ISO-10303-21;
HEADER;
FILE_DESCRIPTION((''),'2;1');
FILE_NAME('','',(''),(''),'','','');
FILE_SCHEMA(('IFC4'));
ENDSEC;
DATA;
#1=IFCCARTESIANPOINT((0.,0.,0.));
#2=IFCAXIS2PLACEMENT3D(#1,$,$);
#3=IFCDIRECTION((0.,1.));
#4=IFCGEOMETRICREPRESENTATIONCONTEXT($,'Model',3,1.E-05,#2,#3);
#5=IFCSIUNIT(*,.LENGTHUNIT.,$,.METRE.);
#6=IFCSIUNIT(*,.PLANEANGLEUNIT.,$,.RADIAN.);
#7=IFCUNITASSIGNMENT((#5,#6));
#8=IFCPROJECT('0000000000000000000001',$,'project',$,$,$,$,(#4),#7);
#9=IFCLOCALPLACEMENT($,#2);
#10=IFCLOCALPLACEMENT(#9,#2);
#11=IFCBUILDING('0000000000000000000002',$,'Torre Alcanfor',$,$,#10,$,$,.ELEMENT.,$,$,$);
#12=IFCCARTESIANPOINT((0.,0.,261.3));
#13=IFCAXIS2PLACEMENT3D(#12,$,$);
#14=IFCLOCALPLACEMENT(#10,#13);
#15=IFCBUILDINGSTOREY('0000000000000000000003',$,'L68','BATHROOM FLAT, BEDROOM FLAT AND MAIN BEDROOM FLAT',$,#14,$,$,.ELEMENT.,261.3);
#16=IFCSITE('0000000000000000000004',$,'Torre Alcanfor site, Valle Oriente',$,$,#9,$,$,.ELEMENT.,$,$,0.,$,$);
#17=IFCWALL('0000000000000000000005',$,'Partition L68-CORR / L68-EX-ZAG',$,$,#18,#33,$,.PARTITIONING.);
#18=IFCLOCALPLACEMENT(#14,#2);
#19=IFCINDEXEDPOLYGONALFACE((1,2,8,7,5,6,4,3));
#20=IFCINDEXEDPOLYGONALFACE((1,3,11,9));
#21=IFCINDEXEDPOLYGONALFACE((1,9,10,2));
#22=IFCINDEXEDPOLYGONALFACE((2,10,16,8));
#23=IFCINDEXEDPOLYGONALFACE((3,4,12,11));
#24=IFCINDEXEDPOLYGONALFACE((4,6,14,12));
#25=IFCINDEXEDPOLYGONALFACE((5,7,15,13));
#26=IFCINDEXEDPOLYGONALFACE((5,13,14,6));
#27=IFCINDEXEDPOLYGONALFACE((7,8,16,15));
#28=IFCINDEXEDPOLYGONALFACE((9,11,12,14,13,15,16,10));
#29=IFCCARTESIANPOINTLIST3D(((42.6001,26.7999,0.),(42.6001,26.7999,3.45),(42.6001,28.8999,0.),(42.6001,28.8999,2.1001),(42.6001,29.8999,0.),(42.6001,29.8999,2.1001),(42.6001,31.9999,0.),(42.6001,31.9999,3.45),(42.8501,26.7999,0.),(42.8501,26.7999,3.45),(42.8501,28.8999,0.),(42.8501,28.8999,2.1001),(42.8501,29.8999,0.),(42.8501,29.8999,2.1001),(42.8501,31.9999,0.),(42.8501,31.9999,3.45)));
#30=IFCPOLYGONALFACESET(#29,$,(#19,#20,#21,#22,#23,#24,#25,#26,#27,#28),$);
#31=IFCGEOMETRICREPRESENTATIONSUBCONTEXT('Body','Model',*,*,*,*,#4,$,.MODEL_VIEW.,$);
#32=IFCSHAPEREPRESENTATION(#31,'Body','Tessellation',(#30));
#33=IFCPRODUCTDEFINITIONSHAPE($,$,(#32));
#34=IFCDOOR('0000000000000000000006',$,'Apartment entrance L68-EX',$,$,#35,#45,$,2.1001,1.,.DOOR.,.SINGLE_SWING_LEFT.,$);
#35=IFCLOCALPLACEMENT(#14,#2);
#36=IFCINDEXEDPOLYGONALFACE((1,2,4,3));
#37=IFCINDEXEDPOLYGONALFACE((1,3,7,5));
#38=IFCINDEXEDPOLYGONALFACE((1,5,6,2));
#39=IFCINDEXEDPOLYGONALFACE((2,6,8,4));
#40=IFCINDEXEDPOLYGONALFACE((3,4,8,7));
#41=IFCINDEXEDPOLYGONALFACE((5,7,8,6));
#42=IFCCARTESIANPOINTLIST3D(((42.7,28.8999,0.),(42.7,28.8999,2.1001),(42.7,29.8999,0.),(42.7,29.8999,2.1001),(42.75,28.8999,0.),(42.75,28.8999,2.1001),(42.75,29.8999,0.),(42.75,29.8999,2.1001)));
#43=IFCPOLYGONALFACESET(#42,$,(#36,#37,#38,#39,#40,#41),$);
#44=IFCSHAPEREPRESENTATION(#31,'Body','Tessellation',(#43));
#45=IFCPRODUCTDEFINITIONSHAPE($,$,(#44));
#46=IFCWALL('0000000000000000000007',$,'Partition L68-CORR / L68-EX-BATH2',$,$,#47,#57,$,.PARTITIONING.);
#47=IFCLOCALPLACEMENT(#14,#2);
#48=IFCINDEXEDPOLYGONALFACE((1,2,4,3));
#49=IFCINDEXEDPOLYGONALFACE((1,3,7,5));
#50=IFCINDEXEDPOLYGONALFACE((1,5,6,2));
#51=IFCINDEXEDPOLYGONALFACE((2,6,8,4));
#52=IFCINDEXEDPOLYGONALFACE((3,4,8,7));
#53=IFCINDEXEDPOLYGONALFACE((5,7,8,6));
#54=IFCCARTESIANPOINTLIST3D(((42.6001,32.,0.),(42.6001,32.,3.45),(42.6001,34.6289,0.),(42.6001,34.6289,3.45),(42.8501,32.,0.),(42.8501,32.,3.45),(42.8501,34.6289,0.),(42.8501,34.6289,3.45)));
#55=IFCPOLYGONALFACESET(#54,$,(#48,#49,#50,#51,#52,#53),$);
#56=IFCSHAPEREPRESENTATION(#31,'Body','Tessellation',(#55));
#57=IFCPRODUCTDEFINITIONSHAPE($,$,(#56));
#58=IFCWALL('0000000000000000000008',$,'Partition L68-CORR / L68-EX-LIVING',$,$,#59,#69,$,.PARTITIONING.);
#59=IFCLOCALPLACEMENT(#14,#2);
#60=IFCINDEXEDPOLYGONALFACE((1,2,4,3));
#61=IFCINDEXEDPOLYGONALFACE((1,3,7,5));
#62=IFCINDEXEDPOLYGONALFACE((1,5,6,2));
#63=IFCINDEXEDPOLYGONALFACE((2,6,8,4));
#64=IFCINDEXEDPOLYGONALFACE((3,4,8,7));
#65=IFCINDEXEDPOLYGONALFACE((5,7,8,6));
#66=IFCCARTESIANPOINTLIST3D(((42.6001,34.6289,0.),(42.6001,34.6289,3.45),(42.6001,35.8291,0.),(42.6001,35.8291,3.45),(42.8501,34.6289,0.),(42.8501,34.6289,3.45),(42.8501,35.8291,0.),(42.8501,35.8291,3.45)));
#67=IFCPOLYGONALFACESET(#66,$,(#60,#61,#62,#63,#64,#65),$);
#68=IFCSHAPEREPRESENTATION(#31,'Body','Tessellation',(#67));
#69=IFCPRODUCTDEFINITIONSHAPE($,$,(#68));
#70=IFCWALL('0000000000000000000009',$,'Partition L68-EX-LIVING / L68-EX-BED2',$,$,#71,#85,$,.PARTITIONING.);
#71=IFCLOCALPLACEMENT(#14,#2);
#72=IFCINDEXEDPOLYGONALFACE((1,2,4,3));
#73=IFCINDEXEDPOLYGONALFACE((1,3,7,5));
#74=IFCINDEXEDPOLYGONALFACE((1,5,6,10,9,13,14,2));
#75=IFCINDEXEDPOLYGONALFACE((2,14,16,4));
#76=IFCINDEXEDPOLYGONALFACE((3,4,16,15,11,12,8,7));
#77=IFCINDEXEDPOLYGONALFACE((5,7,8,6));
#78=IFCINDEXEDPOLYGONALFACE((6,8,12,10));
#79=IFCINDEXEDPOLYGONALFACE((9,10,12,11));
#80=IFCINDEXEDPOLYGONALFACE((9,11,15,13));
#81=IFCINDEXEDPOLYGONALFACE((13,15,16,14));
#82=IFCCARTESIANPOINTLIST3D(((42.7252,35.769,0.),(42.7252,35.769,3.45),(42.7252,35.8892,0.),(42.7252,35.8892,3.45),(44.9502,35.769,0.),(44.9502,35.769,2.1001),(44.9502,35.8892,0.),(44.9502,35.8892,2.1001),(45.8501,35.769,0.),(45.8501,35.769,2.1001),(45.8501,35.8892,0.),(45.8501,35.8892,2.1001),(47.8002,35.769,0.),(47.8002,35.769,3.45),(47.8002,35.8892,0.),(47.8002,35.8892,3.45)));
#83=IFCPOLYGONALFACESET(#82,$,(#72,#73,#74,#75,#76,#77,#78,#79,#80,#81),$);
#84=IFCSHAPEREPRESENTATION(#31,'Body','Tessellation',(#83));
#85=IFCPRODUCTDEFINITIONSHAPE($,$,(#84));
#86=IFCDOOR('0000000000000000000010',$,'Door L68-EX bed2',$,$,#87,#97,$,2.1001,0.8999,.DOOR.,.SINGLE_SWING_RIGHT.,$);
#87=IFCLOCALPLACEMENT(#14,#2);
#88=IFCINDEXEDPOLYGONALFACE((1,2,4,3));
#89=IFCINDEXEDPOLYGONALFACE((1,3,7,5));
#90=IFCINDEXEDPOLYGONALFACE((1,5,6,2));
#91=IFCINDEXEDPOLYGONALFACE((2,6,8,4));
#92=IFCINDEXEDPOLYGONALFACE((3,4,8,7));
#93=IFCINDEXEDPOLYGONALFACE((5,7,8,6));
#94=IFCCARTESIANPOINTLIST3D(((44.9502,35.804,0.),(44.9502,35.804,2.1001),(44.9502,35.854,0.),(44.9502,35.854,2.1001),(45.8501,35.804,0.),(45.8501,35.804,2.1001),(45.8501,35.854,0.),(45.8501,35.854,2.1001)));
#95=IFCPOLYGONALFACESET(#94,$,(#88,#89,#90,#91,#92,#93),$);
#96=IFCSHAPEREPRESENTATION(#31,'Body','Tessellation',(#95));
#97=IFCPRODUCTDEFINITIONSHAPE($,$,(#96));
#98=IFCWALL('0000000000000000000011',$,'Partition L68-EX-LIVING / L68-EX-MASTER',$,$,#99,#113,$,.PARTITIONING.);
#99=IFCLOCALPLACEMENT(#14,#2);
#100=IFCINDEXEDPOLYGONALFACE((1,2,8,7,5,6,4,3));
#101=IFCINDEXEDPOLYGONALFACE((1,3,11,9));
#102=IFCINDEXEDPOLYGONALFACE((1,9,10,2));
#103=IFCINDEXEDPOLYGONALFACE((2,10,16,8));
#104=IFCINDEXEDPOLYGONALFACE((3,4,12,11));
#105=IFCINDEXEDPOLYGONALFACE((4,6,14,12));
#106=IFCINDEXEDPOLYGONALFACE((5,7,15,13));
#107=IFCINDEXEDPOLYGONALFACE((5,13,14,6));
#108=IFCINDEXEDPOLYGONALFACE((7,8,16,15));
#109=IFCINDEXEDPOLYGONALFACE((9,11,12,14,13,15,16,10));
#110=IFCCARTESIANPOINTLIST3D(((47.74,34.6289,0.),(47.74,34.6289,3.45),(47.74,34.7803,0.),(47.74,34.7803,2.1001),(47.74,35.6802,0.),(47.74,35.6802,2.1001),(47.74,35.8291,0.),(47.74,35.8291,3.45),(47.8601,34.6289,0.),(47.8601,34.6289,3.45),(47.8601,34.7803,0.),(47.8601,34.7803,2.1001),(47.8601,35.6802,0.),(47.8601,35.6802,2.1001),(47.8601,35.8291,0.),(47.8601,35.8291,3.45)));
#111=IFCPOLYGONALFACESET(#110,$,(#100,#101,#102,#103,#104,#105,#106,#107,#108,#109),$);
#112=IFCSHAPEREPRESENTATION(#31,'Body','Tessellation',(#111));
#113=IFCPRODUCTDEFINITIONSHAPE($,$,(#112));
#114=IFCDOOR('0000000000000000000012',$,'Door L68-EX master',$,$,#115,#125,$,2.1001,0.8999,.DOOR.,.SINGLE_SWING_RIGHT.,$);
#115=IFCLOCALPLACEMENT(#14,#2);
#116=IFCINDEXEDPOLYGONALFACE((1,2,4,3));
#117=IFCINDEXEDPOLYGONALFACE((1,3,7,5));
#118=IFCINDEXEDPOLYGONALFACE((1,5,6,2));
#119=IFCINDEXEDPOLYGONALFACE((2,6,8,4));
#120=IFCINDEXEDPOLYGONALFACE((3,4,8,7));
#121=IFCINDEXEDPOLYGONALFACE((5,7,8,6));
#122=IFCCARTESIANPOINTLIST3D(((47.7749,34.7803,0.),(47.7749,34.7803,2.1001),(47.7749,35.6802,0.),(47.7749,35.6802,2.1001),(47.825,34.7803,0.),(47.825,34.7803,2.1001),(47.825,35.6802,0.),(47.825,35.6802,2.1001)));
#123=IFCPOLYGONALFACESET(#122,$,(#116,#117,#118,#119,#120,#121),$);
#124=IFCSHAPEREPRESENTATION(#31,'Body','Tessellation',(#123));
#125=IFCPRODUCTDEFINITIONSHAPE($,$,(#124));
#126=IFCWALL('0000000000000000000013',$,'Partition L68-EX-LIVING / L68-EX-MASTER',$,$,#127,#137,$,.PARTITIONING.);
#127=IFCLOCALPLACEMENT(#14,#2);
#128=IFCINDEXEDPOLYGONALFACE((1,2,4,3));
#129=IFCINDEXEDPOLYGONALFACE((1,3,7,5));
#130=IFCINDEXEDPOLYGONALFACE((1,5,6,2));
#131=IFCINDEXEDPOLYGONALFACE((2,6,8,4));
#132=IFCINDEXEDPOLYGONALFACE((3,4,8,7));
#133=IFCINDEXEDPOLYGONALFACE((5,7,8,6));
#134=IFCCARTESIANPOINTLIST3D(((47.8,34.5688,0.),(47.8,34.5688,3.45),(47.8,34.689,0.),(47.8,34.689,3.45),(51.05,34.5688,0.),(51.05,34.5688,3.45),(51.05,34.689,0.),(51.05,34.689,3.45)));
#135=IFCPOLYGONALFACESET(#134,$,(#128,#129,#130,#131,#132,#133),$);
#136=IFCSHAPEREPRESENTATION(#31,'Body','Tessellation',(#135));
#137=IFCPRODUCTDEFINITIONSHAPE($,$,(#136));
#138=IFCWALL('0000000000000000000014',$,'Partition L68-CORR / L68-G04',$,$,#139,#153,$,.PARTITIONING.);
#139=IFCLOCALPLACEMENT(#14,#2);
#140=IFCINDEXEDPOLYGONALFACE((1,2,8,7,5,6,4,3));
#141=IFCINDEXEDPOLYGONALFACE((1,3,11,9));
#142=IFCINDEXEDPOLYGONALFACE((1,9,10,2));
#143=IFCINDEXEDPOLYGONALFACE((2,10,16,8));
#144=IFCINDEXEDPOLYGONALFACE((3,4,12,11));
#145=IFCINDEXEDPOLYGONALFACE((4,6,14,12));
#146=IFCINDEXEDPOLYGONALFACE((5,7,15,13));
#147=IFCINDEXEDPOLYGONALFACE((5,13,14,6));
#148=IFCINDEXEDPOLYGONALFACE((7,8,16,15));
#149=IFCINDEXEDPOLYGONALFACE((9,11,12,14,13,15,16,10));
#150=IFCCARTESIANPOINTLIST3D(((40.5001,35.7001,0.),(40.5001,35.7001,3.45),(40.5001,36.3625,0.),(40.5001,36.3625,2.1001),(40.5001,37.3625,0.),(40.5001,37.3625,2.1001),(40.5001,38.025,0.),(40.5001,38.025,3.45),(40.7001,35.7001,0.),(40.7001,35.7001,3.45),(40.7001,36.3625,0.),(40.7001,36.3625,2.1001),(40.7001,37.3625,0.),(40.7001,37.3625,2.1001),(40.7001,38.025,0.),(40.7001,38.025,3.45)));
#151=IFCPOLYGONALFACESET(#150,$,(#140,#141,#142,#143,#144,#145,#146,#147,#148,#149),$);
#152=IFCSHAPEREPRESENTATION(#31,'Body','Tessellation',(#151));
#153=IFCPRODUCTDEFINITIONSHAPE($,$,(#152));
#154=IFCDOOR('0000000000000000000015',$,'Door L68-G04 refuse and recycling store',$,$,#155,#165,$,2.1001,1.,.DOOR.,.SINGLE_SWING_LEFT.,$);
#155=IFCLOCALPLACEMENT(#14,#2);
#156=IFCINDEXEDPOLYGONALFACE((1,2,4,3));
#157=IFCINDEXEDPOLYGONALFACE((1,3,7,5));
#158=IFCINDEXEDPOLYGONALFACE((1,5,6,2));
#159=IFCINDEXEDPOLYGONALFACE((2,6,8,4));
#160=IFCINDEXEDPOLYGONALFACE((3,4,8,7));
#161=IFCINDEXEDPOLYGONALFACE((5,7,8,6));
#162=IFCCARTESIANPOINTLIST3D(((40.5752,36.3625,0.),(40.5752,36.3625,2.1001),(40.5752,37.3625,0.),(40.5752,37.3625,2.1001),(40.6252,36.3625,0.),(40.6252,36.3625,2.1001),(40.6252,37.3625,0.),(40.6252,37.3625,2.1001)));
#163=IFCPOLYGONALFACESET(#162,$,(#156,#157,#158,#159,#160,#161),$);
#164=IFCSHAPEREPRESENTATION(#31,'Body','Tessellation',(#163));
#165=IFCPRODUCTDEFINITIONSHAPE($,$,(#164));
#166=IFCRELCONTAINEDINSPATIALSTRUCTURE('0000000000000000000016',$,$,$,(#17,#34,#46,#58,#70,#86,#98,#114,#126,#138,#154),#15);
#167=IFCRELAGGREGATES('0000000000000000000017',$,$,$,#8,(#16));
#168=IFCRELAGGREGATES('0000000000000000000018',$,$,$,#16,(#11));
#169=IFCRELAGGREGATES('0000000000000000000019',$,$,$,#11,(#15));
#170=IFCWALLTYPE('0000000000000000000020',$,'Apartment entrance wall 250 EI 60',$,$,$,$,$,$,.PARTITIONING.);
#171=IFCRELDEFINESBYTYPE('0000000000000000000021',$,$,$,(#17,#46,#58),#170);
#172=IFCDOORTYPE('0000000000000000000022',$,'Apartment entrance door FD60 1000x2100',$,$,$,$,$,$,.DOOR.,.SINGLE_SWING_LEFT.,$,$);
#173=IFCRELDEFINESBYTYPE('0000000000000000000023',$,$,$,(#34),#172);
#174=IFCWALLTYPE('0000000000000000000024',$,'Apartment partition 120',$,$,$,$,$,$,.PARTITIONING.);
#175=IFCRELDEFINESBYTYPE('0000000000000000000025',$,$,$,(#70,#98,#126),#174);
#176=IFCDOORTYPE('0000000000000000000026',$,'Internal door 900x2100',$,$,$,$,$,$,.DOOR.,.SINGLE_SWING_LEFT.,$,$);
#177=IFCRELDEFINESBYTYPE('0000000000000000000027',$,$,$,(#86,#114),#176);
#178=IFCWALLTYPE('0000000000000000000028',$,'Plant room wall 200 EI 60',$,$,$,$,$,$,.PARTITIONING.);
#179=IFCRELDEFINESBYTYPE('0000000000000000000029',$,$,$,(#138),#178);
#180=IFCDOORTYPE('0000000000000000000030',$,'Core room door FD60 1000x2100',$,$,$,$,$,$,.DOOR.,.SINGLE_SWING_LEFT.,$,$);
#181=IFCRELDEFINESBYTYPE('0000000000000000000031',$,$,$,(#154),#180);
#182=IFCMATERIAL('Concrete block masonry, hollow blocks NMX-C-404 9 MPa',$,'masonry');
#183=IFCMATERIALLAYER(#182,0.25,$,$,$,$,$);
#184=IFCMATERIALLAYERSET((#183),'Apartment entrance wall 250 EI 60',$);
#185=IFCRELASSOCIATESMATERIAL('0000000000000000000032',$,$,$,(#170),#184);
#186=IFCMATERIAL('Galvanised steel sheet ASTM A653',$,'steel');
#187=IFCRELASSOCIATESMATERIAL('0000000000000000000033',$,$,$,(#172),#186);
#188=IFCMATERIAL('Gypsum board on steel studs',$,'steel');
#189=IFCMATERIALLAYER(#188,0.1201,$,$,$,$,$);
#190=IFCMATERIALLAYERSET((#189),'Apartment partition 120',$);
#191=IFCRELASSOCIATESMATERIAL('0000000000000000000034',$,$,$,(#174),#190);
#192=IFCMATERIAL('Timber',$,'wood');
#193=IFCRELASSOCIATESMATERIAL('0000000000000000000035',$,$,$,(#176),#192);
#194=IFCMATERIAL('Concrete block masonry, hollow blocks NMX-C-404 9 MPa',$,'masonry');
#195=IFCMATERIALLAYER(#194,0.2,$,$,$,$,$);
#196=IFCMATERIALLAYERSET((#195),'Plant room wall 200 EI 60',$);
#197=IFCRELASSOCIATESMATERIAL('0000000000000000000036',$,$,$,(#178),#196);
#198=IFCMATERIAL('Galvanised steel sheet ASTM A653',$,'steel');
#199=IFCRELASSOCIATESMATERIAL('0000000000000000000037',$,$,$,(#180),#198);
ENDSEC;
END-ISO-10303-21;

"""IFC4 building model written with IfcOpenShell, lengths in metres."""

from ifc_helpers import new_model, si_unit, direction, frame, frame_2d, origin, place, context, subcontext, project, spatial, rectangle, extrude, material, layer, layer_set, type_object, element, fill, save


model = new_model("IFC4")

# Units and contexts
model_context = context("Model", 3, precision=1e-05, world=origin(), true_north=direction((0.0, 1.0)))
body_context = subcontext(model_context, "Body", "Model", "MODEL_VIEW")
ifc_project = project(units=[si_unit("LENGTHUNIT", "METRE"), si_unit("PLANEANGLEUNIT", "RADIAN")], contexts=[model_context])

# Site, building, storey
site_placement = place(None, origin())
site = spatial("IfcSite", under=ifc_project, at=site_placement, Name="Torre Alcanfor site, Valle Oriente", CompositionType="ELEMENT", RefElevation=0.0)
building_placement = place(site_placement, origin())
building = spatial("IfcBuilding", under=site, at=building_placement, Name="Torre Alcanfor", CompositionType="ELEMENT")
storey_placement = place(building_placement, frame((0.0, 0.0, 261.3)))
storey = spatial("IfcBuildingStorey", under=building, at=storey_placement, Name="L68", Description="BATHROOM FLAT, BEDROOM FLAT AND MAIN BEDROOM FLAT", CompositionType="ELEMENT", Elevation=261.3)

# Wall, opening, door
ifc_material_1 = material(Name="Concrete block masonry, hollow blocks NMX-C-404 9 MPa", Category="masonry")
ifc_layer_1 = layer(ifc_material_1, 0.25)
ifc_layer_set_1 = layer_set([ifc_layer_1], Name="Apartment entrance wall 250 EI 60")
wall_type_1 = type_object("IfcWallType", Name="Apartment entrance wall 250 EI 60", PredefinedType="PARTITIONING", material=ifc_layer_set_1)
wall_1_placement = place(storey_placement, frame((42.7251, 32.0, 0.0), z_axis=(0.0, 0.0, 1.0), x_axis=(0.0, -1.0, 0.0)))
wall_1 = element("IfcWall", 1, at=wall_1_placement, inside=storey, type_object=wall_type_1, Name="Partition L68-CORR / L68-EX-ZAG", PredefinedType="PARTITIONING", context=body_context, shape_type="SweptSolid", body=[
    extrude(rectangle(XDim=5.2, YDim=0.25, at=frame_2d((2.6001, 0.0))), origin(), (0.0, 0.0, 1.0), 3.45),
])
opening_1_placement = place(wall_1_placement, frame((2.1001, 0.0, 0.0)))
opening_1 = element("IfcOpeningElement", 2, at=opening_1_placement, cuts=wall_1, PredefinedType="OPENING", context=body_context, shape_type="SweptSolid", body=[
    extrude(rectangle(XDim=1.0, YDim=2.1001, at=frame_2d((0.5, 1.05))), frame((0.0, 0.135, 0.0), z_axis=(0.0, -1.0, 0.0), x_axis=(1.0, 0.0, 0.0)), (0.0, 0.0, 1.0), 0.27),
])
ifc_material_2 = material(Name="Galvanised steel sheet ASTM A653", Category="steel")
door_type_1 = type_object("IfcDoorType", Name="Apartment entrance door FD60 1000x2100", OperationType="SINGLE_SWING_LEFT", PredefinedType="DOOR", material=ifc_material_2)
door_1_placement = place(opening_1_placement, origin())
door_1 = element("IfcDoor", 3, at=door_1_placement, inside=storey, type_object=door_type_1, Name="Apartment entrance L68-EX", OperationType="SINGLE_SWING_LEFT", OverallHeight=2.1001, OverallWidth=1.0, PredefinedType="DOOR", context=body_context, shape_type="SweptSolid", body=[
    extrude(rectangle(XDim=1.0, YDim=2.1001, at=frame_2d((0.5, 1.05))), frame((0.0, 0.0249, 0.0), z_axis=(0.0, -1.0, 0.0), x_axis=(1.0, 0.0, 0.0)), (0.0, 0.0, 1.0), 0.05),
])
fill(opening_1, door_1)

# Walls
wall_2_placement = place(storey_placement, frame((42.7251, 34.6289, 0.0), z_axis=(0.0, 0.0, 1.0), x_axis=(0.0, -1.0, 0.0)))
element("IfcWall", 4, at=wall_2_placement, inside=storey, type_object=wall_type_1, Name="Partition L68-CORR / L68-EX-BATH2", PredefinedType="PARTITIONING", context=body_context, shape_type="SweptSolid", body=[
    extrude(rectangle(XDim=2.6289, YDim=0.25, at=frame_2d((1.3145, 0.0))), origin(), (0.0, 0.0, 1.0), 3.45),
])
wall_3_placement = place(storey_placement, frame((42.7251, 35.8291, 0.0), z_axis=(0.0, 0.0, 1.0), x_axis=(0.0, -1.0, 0.0)))
element("IfcWall", 5, at=wall_3_placement, inside=storey, type_object=wall_type_1, Name="Partition L68-CORR / L68-EX-LIVING", PredefinedType="PARTITIONING", context=body_context, shape_type="SweptSolid", body=[
    extrude(rectangle(XDim=1.2002, YDim=0.25, at=frame_2d((0.6001, 0.0))), origin(), (0.0, 0.0, 1.0), 3.45),
])

# Walls, openings, doors
ifc_material_3 = material(Name="Gypsum board on steel studs", Category="steel")
ifc_layer_2 = layer(ifc_material_3, 0.1201)
ifc_layer_set_2 = layer_set([ifc_layer_2], Name="Apartment partition 120")
wall_type_2 = type_object("IfcWallType", Name="Apartment partition 120", PredefinedType="PARTITIONING", material=ifc_layer_set_2)
wall_4_placement = place(storey_placement, frame((42.7251, 35.8291, 0.0), z_axis=(0.0, 0.0, 1.0), x_axis=(1.0, 0.0, 0.0)))
wall_4 = element("IfcWall", 6, at=wall_4_placement, inside=storey, type_object=wall_type_2, Name="Partition L68-EX-LIVING / L68-EX-BED2", PredefinedType="PARTITIONING", context=body_context, shape_type="SweptSolid", body=[
    extrude(rectangle(XDim=5.075, YDim=0.1201, at=frame_2d((2.5376, 0.0))), origin(), (0.0, 0.0, 1.0), 3.45),
])
opening_2_placement = place(wall_4_placement, frame((2.2251, 0.0, 0.0)))
opening_2 = element("IfcOpeningElement", 7, at=opening_2_placement, cuts=wall_4, PredefinedType="OPENING", context=body_context, shape_type="SweptSolid", body=[
    extrude(rectangle(XDim=0.8999, YDim=2.1001, at=frame_2d((0.45, 1.05))), frame((0.0, 0.0701, 0.0), z_axis=(0.0, -1.0, 0.0), x_axis=(1.0, 0.0, 0.0)), (0.0, 0.0, 1.0), 0.1401),
])
ifc_material_4 = material(Name="Timber", Category="wood")
door_type_2 = type_object("IfcDoorType", Name="Internal door 900x2100", OperationType="SINGLE_SWING_LEFT", PredefinedType="DOOR", material=ifc_material_4)
door_2_placement = place(opening_2_placement, origin())
door_2 = element("IfcDoor", 8, at=door_2_placement, inside=storey, type_object=door_type_2, Name="Door L68-EX bed2", OperationType="SINGLE_SWING_RIGHT", OverallHeight=2.1001, OverallWidth=0.8999, PredefinedType="DOOR", context=body_context, shape_type="SweptSolid", body=[
    extrude(rectangle(XDim=0.8999, YDim=2.1001, at=frame_2d((0.45, 1.05))), frame((0.0, 0.0249, 0.0), z_axis=(0.0, -1.0, 0.0), x_axis=(1.0, 0.0, 0.0)), (0.0, 0.0, 1.0), 0.05),
])
fill(opening_2, door_2)
wall_5_placement = place(storey_placement, frame((47.8, 35.8291, 0.0), z_axis=(0.0, 0.0, 1.0), x_axis=(0.0, -1.0, 0.0)))
wall_5 = element("IfcWall", 9, at=wall_5_placement, inside=storey, type_object=wall_type_2, Name="Partition L68-EX-LIVING / L68-EX-MASTER", PredefinedType="PARTITIONING", context=body_context, shape_type="SweptSolid", body=[
    extrude(rectangle(XDim=1.2002, YDim=0.1201, at=frame_2d((0.6001, 0.0))), origin(), (0.0, 0.0, 1.0), 3.45),
])
opening_3_placement = place(wall_5_placement, frame((0.1489, 0.0, 0.0)))
opening_3 = element("IfcOpeningElement", 10, at=opening_3_placement, cuts=wall_5, PredefinedType="OPENING", context=body_context, shape_type="SweptSolid", body=[
    extrude(rectangle(XDim=0.8999, YDim=2.1001, at=frame_2d((0.45, 1.05))), frame((0.0, 0.0701, 0.0), z_axis=(0.0, -1.0, 0.0), x_axis=(1.0, 0.0, 0.0)), (0.0, 0.0, 1.0), 0.1401),
])
door_3_placement = place(opening_3_placement, origin())
door_3 = element("IfcDoor", 11, at=door_3_placement, inside=storey, type_object=door_type_2, Name="Door L68-EX master", OperationType="SINGLE_SWING_RIGHT", OverallHeight=2.1001, OverallWidth=0.8999, PredefinedType="DOOR", context=body_context, shape_type="SweptSolid", body=[
    extrude(rectangle(XDim=0.8999, YDim=2.1001, at=frame_2d((0.45, 1.05))), frame((0.0, 0.0249, 0.0), z_axis=(0.0, -1.0, 0.0), x_axis=(1.0, 0.0, 0.0)), (0.0, 0.0, 1.0), 0.05),
])
fill(opening_3, door_3)

# Wall
wall_6_placement = place(storey_placement, frame((47.8, 34.6289, 0.0), z_axis=(0.0, 0.0, 1.0), x_axis=(1.0, 0.0, 0.0)))
element("IfcWall", 12, at=wall_6_placement, inside=storey, type_object=wall_type_2, Name="Partition L68-EX-LIVING / L68-EX-MASTER", PredefinedType="PARTITIONING", context=body_context, shape_type="SweptSolid", body=[
    extrude(rectangle(XDim=3.25, YDim=0.1201, at=frame_2d((1.625, 0.0))), origin(), (0.0, 0.0, 1.0), 3.45),
])

# Wall, opening, door
ifc_material_5 = material(Name="Concrete block masonry, hollow blocks NMX-C-404 9 MPa", Category="masonry")
ifc_layer_3 = layer(ifc_material_5, 0.2)
ifc_layer_set_3 = layer_set([ifc_layer_3], Name="Plant room wall 200 EI 60")
wall_type_3 = type_object("IfcWallType", Name="Plant room wall 200 EI 60", PredefinedType="PARTITIONING", material=ifc_layer_set_3)
wall_7_placement = place(storey_placement, frame((40.6001, 35.7, 0.0), z_axis=(0.0, 0.0, 1.0), x_axis=(0.0, 1.0, 0.0)))
wall_7 = element("IfcWall", 13, at=wall_7_placement, inside=storey, type_object=wall_type_3, Name="Partition L68-CORR / L68-G04", PredefinedType="PARTITIONING", context=body_context, shape_type="SweptSolid", body=[
    extrude(rectangle(XDim=2.325, YDim=0.2, at=frame_2d((1.1626, 0.0))), origin(), (0.0, 0.0, 1.0), 3.45),
])
opening_4_placement = place(wall_7_placement, frame((0.6626, 0.0, 0.0)))
opening_4 = element("IfcOpeningElement", 14, at=opening_4_placement, cuts=wall_7, PredefinedType="OPENING", context=body_context, shape_type="SweptSolid", body=[
    extrude(rectangle(XDim=1.0, YDim=2.1001, at=frame_2d((0.5, 1.05))), frame((0.0, 0.1099, 0.0), z_axis=(0.0, -1.0, 0.0), x_axis=(1.0, 0.0, 0.0)), (0.0, 0.0, 1.0), 0.22),
])
ifc_material_6 = material(Name="Galvanised steel sheet ASTM A653", Category="steel")
door_type_3 = type_object("IfcDoorType", Name="Core room door FD60 1000x2100", OperationType="SINGLE_SWING_LEFT", PredefinedType="DOOR", material=ifc_material_6)
door_4_placement = place(opening_4_placement, origin())
door_4 = element("IfcDoor", 15, at=door_4_placement, inside=storey, type_object=door_type_3, Name="Door L68-G04 refuse and recycling store", OperationType="SINGLE_SWING_LEFT", OverallHeight=2.1001, OverallWidth=1.0, PredefinedType="DOOR", context=body_context, shape_type="SweptSolid", body=[
    extrude(rectangle(XDim=1.0, YDim=2.1001, at=frame_2d((0.5, 1.05))), frame((0.0, 0.0249, 0.0), z_axis=(0.0, -1.0, 0.0), x_axis=(1.0, 0.0, 0.0)), (0.0, 0.0, 1.0), 0.05),
])
fill(opening_4, door_4)

save(model, "model.ifc")
